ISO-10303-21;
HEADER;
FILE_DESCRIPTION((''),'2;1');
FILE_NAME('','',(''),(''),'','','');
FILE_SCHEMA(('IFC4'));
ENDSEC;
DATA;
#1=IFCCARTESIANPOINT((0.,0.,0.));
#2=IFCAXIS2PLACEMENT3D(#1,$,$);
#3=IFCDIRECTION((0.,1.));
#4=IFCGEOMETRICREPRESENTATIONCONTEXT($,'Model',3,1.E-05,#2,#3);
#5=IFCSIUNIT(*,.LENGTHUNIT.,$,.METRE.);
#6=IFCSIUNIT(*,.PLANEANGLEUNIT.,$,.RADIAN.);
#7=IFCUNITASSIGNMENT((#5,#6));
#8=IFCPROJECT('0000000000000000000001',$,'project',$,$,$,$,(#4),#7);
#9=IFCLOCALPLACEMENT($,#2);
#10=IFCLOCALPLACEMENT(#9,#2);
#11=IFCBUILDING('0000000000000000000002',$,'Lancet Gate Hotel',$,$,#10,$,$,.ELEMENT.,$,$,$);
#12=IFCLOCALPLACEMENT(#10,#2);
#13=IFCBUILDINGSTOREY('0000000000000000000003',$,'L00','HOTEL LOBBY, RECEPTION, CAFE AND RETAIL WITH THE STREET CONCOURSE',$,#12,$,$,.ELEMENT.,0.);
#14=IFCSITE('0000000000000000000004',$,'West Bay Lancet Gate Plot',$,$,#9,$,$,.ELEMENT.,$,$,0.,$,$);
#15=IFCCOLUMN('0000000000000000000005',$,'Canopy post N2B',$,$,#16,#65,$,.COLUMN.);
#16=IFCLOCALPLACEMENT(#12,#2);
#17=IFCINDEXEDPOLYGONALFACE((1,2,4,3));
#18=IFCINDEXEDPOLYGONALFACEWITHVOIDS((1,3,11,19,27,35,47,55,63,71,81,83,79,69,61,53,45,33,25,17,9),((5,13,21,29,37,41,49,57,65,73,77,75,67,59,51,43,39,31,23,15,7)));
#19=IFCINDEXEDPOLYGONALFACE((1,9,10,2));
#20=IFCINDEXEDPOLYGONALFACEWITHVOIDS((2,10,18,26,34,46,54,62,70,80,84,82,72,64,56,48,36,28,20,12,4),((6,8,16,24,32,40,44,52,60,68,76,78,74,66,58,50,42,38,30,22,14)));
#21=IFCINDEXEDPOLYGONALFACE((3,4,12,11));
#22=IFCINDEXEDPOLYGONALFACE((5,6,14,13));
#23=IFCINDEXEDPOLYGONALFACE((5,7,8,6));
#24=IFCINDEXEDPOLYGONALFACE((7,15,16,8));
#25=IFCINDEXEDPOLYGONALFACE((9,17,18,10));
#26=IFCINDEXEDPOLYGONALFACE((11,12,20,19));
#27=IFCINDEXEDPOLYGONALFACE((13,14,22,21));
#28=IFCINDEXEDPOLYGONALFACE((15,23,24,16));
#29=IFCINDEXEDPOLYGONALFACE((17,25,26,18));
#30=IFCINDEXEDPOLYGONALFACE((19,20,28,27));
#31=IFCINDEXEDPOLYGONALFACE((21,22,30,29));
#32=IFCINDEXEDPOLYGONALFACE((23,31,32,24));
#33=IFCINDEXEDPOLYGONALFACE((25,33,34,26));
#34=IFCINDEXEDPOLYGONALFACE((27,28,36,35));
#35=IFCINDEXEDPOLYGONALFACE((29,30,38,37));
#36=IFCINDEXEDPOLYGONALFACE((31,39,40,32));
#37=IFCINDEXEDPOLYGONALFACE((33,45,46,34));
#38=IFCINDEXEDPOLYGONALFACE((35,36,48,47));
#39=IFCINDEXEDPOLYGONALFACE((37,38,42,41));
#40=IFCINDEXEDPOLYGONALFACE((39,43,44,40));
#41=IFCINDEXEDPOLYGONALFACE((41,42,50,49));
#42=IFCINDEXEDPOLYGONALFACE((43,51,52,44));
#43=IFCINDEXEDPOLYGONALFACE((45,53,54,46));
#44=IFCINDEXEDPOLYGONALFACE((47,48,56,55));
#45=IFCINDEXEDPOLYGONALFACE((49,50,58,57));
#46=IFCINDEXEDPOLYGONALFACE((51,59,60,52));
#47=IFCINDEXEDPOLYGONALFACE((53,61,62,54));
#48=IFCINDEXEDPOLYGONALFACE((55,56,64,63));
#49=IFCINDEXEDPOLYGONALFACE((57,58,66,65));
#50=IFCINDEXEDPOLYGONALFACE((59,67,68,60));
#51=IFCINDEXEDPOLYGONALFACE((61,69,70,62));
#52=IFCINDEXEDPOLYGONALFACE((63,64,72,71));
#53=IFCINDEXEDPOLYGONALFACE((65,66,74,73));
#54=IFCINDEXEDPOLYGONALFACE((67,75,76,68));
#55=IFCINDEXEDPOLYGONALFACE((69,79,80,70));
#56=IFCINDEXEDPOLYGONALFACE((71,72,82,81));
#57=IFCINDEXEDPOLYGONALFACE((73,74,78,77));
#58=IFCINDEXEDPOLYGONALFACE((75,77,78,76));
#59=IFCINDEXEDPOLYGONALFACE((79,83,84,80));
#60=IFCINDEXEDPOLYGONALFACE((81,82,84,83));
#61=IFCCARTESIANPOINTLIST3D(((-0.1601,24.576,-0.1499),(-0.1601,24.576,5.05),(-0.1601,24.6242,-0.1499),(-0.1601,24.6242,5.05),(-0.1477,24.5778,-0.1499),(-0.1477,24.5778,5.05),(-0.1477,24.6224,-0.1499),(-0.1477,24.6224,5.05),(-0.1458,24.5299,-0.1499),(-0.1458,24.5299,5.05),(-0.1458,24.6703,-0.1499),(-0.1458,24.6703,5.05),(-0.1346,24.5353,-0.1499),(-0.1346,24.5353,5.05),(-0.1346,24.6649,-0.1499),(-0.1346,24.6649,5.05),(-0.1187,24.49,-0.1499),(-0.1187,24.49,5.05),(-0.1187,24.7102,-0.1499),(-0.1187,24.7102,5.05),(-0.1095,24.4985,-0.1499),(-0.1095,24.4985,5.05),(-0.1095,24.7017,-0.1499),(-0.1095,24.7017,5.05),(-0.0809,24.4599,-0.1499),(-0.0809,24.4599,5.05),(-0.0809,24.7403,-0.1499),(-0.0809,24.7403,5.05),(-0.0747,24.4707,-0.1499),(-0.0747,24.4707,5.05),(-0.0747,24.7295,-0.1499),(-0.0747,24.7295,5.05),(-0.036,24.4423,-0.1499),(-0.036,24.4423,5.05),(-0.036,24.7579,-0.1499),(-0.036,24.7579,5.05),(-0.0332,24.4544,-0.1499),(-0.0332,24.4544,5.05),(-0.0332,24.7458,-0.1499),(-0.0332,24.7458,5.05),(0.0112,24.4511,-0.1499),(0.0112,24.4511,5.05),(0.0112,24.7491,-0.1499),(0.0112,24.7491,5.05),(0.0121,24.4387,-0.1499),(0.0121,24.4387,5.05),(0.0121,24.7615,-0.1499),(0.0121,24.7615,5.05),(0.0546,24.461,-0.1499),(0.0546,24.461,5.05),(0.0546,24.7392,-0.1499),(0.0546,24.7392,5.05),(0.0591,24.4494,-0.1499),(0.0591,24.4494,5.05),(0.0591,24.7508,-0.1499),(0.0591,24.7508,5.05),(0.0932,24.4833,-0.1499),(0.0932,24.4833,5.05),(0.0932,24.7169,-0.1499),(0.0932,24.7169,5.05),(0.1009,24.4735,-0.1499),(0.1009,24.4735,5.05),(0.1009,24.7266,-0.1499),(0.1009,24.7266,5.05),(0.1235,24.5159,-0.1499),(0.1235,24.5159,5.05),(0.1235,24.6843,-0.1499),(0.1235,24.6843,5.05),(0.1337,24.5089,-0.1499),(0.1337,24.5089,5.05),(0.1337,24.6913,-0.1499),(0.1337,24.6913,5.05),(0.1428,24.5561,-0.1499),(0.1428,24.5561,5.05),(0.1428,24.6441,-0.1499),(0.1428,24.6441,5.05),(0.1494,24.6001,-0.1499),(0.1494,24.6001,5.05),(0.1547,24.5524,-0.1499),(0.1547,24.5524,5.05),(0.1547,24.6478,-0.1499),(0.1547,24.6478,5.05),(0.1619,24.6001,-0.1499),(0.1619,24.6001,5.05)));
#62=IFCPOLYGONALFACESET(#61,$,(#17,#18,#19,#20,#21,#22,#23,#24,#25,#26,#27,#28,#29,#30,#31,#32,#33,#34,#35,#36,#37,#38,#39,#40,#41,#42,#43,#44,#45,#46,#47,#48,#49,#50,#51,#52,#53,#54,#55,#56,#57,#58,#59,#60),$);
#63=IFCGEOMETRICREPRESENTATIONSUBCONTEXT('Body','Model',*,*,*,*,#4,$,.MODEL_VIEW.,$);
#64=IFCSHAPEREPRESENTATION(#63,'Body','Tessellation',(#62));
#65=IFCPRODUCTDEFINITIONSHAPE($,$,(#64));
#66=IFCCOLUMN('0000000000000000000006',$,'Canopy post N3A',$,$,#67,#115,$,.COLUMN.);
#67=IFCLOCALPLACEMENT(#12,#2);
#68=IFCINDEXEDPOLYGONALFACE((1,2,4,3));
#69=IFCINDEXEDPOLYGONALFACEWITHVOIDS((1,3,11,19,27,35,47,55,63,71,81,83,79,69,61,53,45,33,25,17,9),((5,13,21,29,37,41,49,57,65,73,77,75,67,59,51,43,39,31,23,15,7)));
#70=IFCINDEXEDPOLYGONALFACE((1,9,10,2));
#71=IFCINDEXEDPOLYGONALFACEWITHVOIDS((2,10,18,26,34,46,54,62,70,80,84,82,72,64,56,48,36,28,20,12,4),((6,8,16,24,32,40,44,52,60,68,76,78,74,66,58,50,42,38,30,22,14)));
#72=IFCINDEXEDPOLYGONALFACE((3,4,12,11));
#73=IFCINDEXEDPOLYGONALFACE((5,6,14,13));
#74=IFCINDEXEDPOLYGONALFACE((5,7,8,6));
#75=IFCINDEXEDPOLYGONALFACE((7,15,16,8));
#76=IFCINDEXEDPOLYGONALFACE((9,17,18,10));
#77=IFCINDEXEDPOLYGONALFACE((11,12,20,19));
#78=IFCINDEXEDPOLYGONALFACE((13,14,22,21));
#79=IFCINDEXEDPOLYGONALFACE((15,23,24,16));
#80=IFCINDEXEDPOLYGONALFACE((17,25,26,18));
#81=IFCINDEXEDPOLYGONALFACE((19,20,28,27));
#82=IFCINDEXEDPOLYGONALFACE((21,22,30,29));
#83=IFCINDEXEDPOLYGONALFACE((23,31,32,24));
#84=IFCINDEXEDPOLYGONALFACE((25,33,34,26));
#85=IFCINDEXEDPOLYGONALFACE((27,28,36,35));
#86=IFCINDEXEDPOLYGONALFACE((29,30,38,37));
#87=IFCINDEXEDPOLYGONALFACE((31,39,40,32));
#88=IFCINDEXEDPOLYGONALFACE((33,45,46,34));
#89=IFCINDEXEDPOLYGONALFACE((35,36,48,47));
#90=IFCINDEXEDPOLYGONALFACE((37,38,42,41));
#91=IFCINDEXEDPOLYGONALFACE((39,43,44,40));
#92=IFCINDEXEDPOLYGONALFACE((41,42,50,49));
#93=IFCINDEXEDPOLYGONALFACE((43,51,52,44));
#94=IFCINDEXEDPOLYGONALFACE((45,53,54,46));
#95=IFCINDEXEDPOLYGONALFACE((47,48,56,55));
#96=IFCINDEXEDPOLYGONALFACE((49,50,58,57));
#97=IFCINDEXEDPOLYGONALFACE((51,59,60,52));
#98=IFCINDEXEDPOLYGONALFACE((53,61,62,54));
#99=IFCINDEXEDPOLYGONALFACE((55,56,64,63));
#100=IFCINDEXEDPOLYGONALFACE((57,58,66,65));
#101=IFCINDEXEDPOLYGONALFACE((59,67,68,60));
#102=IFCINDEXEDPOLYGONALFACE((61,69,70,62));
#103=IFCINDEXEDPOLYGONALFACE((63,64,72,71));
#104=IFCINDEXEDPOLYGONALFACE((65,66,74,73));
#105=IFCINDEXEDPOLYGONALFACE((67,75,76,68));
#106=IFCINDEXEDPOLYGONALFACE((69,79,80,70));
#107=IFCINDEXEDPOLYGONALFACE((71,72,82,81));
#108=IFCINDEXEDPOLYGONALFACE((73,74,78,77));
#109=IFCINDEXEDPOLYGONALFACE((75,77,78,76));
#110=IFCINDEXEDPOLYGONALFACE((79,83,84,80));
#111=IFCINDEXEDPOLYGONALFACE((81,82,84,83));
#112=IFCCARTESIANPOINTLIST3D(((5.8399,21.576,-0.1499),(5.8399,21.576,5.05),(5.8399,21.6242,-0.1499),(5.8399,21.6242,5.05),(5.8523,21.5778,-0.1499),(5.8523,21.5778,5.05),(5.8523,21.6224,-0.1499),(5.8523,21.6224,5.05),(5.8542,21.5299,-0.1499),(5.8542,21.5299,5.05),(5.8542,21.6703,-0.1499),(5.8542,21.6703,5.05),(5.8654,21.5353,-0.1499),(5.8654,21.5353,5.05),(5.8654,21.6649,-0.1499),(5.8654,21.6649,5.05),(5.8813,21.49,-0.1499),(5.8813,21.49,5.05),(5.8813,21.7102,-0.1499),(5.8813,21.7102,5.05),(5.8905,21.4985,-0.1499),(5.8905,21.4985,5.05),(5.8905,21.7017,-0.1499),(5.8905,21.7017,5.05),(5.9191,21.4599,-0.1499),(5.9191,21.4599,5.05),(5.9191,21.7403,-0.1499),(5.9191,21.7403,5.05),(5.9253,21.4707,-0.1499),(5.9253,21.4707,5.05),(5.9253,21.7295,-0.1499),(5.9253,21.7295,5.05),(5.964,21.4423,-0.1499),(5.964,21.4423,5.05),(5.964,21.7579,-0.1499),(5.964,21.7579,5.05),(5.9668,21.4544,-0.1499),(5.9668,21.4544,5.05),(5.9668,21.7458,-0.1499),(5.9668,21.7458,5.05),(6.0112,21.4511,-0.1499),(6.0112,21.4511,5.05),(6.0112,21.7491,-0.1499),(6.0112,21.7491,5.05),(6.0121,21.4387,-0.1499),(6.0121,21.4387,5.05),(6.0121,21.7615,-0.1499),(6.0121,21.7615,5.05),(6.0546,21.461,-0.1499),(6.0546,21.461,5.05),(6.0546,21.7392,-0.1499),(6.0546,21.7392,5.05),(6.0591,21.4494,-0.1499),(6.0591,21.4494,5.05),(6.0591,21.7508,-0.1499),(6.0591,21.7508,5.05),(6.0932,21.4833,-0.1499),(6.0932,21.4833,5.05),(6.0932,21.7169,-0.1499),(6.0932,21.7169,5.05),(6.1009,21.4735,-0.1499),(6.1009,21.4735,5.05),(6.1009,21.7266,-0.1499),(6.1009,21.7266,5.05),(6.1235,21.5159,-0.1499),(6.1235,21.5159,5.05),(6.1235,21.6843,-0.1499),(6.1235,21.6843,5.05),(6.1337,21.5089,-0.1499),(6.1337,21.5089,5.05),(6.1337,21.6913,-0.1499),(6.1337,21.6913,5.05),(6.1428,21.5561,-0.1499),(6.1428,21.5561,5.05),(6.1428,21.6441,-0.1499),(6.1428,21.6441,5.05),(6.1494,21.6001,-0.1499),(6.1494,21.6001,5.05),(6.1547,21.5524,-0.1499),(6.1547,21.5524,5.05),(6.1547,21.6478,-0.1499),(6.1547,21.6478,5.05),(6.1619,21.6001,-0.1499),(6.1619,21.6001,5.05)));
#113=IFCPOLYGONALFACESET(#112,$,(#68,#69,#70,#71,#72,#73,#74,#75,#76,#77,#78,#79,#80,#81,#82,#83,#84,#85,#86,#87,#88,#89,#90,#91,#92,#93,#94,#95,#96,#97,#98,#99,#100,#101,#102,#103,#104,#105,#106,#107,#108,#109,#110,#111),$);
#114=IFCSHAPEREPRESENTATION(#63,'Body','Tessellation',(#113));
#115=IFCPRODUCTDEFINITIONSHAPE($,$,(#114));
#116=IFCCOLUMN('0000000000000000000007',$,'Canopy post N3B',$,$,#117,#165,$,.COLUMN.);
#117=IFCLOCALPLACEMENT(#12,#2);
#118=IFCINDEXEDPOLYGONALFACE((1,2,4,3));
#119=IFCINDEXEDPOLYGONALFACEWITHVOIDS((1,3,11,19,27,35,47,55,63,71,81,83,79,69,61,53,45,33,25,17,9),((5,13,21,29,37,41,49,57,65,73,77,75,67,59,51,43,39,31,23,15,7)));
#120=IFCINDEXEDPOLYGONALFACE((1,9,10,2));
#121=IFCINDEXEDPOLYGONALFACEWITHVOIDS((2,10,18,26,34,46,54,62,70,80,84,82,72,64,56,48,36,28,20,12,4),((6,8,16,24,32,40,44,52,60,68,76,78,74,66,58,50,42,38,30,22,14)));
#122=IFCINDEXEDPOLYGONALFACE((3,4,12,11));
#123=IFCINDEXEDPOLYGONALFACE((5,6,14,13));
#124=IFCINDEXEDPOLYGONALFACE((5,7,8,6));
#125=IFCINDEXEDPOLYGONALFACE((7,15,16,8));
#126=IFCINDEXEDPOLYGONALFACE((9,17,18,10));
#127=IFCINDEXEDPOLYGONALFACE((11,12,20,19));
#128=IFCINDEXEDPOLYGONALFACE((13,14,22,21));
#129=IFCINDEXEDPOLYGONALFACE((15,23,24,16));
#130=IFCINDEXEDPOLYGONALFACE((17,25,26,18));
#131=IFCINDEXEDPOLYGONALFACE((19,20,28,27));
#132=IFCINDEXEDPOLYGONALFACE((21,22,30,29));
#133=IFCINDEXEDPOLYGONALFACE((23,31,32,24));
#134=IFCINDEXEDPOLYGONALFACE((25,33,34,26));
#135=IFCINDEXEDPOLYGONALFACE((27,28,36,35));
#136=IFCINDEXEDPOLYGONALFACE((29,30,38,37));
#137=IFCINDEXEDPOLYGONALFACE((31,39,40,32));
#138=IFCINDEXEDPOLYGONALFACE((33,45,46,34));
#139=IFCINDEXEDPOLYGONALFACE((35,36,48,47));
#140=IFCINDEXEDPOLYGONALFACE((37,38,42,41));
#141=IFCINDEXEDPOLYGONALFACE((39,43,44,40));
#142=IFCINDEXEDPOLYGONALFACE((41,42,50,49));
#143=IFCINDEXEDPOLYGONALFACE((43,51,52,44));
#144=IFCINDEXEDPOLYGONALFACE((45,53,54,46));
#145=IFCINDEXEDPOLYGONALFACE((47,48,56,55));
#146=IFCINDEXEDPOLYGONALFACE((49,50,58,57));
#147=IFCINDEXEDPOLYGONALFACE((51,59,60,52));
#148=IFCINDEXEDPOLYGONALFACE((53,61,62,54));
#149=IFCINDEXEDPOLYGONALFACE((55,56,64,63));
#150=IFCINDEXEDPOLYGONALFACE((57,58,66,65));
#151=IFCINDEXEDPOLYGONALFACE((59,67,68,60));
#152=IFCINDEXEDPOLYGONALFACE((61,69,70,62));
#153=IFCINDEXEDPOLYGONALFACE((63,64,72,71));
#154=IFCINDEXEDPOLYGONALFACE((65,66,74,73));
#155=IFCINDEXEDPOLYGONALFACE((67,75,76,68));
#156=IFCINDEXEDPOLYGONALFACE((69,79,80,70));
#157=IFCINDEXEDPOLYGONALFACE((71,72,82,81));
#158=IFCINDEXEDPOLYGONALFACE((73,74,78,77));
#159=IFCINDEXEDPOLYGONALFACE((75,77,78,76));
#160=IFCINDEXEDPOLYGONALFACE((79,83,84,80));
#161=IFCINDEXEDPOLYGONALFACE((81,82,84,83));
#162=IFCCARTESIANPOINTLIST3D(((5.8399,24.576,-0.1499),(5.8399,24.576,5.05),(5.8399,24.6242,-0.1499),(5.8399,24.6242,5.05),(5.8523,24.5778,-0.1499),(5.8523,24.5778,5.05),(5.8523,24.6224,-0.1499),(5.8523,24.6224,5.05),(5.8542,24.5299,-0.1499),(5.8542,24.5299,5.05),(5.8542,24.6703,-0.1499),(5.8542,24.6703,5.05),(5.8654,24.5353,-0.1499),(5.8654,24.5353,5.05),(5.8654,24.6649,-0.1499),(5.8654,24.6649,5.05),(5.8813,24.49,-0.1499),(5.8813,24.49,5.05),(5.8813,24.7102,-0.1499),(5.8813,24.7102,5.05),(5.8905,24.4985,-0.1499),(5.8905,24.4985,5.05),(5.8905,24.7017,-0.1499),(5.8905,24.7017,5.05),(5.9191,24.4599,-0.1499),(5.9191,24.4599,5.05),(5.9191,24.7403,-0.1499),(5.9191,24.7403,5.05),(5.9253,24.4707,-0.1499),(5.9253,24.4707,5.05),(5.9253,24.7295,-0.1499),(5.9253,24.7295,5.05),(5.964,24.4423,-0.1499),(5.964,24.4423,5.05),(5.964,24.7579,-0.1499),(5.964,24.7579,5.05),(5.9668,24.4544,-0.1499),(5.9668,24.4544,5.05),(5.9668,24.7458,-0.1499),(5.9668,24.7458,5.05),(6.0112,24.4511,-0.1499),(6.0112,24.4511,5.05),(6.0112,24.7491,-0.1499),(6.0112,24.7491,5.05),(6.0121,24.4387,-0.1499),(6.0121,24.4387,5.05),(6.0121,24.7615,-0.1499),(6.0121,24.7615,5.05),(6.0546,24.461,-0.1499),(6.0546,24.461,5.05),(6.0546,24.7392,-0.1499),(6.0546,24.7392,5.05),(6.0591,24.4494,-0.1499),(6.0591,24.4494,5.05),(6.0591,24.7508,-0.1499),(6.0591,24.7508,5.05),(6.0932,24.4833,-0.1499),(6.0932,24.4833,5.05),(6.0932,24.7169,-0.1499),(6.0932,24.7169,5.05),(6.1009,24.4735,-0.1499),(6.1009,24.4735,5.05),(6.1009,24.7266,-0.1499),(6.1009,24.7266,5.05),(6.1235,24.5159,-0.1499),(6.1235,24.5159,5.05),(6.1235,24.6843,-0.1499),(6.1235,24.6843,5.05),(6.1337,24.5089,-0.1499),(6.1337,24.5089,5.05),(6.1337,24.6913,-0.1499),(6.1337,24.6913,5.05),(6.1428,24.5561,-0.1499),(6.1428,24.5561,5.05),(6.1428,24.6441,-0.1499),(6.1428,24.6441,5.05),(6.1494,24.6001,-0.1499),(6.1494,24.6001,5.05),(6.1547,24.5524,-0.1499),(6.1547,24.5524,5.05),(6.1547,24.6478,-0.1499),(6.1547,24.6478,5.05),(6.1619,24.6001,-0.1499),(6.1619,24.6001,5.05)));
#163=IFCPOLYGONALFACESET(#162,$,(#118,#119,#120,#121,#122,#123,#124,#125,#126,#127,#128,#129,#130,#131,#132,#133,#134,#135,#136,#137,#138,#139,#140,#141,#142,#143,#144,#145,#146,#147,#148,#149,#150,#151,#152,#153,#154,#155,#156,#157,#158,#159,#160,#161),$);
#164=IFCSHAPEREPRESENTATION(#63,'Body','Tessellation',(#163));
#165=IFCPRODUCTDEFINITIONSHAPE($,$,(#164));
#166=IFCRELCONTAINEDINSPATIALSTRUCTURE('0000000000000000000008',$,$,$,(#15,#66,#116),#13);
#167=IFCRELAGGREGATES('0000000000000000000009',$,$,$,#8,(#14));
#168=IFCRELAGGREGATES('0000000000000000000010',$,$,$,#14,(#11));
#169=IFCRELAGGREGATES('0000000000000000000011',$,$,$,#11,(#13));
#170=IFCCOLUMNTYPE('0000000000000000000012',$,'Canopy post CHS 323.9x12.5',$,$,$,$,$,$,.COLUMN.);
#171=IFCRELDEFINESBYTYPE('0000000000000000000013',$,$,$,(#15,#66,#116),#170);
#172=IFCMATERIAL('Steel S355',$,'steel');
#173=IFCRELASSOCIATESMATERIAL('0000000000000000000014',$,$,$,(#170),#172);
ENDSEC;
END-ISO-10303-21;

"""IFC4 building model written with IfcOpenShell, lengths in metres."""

from ifc_helpers import new_model, si_unit, direction, frame, origin, origin_2d, place, context, subcontext, project, spatial, hollow_circle, extrude, material, material_profile, profile_set, type_object, element, save


model = new_model("IFC4")

# Units and contexts
model_context = context("Model", 3, precision=1e-05, world=origin(), true_north=direction((0.0, 1.0)))
body_context = subcontext(model_context, "Body", "Model", "MODEL_VIEW")
ifc_project = project(units=[si_unit("LENGTHUNIT", "METRE"), si_unit("PLANEANGLEUNIT", "RADIAN")], contexts=[model_context])

# Site, building, storey
site_placement = place(None, origin())
site = spatial("IfcSite", under=ifc_project, at=site_placement, Name="West Bay Lancet Gate Plot", CompositionType="ELEMENT", RefElevation=0.0)
building_placement = place(site_placement, origin())
building = spatial("IfcBuilding", under=site, at=building_placement, Name="Lancet Gate Hotel", CompositionType="ELEMENT")
storey_placement = place(building_placement, origin())
storey = spatial("IfcBuildingStorey", under=building, at=storey_placement, Name="L00", Description="HOTEL LOBBY, RECEPTION, CAFE AND RETAIL WITH THE STREET CONCOURSE", CompositionType="ELEMENT", Elevation=0.0)

# Columns
ifc_material_1 = material(Name="Steel S355", Category="steel")
ifc_material_profile_1 = material_profile(ifc_material_1, hollow_circle(Radius=0.1619, WallThickness=0.0125, at=origin_2d()), Name="CHS 323.9x12.5")
ifc_profile_set_1 = profile_set([ifc_material_profile_1], Name="Steel S355")
column_type_1 = type_object("IfcColumnType", Name="Canopy post CHS 323.9x12.5", PredefinedType="COLUMN", material=ifc_profile_set_1)
for number, where, z_axis, x_axis, name in (
    (1, (0.0, 24.6001, -0.1499), (0.0, 0.0, 1.0), (1.0, 0.0, 0.0), "Canopy post N2B"),
    (2, (6.0, 21.6001, -0.1499), (0.0, 0.0, 1.0), (1.0, 0.0, 0.0), "Canopy post N3A"),
    (3, (6.0, 24.6001, -0.1499), (0.0, 0.0, 1.0), (1.0, 0.0, 0.0), "Canopy post N3B"),
):
    element("IfcColumn", number, at=place(storey_placement, frame(where, z_axis=z_axis, x_axis=x_axis)), inside=storey, type_object=column_type_1, Name=name, PredefinedType="COLUMN", context=body_context, shape_type="SweptSolid", body=[
        extrude(hollow_circle(Radius=0.1619, WallThickness=0.0125, at=origin_2d()), origin(), (0.0, 0.0, 1.0), 5.2),
    ])

save(model, "model.ifc")
